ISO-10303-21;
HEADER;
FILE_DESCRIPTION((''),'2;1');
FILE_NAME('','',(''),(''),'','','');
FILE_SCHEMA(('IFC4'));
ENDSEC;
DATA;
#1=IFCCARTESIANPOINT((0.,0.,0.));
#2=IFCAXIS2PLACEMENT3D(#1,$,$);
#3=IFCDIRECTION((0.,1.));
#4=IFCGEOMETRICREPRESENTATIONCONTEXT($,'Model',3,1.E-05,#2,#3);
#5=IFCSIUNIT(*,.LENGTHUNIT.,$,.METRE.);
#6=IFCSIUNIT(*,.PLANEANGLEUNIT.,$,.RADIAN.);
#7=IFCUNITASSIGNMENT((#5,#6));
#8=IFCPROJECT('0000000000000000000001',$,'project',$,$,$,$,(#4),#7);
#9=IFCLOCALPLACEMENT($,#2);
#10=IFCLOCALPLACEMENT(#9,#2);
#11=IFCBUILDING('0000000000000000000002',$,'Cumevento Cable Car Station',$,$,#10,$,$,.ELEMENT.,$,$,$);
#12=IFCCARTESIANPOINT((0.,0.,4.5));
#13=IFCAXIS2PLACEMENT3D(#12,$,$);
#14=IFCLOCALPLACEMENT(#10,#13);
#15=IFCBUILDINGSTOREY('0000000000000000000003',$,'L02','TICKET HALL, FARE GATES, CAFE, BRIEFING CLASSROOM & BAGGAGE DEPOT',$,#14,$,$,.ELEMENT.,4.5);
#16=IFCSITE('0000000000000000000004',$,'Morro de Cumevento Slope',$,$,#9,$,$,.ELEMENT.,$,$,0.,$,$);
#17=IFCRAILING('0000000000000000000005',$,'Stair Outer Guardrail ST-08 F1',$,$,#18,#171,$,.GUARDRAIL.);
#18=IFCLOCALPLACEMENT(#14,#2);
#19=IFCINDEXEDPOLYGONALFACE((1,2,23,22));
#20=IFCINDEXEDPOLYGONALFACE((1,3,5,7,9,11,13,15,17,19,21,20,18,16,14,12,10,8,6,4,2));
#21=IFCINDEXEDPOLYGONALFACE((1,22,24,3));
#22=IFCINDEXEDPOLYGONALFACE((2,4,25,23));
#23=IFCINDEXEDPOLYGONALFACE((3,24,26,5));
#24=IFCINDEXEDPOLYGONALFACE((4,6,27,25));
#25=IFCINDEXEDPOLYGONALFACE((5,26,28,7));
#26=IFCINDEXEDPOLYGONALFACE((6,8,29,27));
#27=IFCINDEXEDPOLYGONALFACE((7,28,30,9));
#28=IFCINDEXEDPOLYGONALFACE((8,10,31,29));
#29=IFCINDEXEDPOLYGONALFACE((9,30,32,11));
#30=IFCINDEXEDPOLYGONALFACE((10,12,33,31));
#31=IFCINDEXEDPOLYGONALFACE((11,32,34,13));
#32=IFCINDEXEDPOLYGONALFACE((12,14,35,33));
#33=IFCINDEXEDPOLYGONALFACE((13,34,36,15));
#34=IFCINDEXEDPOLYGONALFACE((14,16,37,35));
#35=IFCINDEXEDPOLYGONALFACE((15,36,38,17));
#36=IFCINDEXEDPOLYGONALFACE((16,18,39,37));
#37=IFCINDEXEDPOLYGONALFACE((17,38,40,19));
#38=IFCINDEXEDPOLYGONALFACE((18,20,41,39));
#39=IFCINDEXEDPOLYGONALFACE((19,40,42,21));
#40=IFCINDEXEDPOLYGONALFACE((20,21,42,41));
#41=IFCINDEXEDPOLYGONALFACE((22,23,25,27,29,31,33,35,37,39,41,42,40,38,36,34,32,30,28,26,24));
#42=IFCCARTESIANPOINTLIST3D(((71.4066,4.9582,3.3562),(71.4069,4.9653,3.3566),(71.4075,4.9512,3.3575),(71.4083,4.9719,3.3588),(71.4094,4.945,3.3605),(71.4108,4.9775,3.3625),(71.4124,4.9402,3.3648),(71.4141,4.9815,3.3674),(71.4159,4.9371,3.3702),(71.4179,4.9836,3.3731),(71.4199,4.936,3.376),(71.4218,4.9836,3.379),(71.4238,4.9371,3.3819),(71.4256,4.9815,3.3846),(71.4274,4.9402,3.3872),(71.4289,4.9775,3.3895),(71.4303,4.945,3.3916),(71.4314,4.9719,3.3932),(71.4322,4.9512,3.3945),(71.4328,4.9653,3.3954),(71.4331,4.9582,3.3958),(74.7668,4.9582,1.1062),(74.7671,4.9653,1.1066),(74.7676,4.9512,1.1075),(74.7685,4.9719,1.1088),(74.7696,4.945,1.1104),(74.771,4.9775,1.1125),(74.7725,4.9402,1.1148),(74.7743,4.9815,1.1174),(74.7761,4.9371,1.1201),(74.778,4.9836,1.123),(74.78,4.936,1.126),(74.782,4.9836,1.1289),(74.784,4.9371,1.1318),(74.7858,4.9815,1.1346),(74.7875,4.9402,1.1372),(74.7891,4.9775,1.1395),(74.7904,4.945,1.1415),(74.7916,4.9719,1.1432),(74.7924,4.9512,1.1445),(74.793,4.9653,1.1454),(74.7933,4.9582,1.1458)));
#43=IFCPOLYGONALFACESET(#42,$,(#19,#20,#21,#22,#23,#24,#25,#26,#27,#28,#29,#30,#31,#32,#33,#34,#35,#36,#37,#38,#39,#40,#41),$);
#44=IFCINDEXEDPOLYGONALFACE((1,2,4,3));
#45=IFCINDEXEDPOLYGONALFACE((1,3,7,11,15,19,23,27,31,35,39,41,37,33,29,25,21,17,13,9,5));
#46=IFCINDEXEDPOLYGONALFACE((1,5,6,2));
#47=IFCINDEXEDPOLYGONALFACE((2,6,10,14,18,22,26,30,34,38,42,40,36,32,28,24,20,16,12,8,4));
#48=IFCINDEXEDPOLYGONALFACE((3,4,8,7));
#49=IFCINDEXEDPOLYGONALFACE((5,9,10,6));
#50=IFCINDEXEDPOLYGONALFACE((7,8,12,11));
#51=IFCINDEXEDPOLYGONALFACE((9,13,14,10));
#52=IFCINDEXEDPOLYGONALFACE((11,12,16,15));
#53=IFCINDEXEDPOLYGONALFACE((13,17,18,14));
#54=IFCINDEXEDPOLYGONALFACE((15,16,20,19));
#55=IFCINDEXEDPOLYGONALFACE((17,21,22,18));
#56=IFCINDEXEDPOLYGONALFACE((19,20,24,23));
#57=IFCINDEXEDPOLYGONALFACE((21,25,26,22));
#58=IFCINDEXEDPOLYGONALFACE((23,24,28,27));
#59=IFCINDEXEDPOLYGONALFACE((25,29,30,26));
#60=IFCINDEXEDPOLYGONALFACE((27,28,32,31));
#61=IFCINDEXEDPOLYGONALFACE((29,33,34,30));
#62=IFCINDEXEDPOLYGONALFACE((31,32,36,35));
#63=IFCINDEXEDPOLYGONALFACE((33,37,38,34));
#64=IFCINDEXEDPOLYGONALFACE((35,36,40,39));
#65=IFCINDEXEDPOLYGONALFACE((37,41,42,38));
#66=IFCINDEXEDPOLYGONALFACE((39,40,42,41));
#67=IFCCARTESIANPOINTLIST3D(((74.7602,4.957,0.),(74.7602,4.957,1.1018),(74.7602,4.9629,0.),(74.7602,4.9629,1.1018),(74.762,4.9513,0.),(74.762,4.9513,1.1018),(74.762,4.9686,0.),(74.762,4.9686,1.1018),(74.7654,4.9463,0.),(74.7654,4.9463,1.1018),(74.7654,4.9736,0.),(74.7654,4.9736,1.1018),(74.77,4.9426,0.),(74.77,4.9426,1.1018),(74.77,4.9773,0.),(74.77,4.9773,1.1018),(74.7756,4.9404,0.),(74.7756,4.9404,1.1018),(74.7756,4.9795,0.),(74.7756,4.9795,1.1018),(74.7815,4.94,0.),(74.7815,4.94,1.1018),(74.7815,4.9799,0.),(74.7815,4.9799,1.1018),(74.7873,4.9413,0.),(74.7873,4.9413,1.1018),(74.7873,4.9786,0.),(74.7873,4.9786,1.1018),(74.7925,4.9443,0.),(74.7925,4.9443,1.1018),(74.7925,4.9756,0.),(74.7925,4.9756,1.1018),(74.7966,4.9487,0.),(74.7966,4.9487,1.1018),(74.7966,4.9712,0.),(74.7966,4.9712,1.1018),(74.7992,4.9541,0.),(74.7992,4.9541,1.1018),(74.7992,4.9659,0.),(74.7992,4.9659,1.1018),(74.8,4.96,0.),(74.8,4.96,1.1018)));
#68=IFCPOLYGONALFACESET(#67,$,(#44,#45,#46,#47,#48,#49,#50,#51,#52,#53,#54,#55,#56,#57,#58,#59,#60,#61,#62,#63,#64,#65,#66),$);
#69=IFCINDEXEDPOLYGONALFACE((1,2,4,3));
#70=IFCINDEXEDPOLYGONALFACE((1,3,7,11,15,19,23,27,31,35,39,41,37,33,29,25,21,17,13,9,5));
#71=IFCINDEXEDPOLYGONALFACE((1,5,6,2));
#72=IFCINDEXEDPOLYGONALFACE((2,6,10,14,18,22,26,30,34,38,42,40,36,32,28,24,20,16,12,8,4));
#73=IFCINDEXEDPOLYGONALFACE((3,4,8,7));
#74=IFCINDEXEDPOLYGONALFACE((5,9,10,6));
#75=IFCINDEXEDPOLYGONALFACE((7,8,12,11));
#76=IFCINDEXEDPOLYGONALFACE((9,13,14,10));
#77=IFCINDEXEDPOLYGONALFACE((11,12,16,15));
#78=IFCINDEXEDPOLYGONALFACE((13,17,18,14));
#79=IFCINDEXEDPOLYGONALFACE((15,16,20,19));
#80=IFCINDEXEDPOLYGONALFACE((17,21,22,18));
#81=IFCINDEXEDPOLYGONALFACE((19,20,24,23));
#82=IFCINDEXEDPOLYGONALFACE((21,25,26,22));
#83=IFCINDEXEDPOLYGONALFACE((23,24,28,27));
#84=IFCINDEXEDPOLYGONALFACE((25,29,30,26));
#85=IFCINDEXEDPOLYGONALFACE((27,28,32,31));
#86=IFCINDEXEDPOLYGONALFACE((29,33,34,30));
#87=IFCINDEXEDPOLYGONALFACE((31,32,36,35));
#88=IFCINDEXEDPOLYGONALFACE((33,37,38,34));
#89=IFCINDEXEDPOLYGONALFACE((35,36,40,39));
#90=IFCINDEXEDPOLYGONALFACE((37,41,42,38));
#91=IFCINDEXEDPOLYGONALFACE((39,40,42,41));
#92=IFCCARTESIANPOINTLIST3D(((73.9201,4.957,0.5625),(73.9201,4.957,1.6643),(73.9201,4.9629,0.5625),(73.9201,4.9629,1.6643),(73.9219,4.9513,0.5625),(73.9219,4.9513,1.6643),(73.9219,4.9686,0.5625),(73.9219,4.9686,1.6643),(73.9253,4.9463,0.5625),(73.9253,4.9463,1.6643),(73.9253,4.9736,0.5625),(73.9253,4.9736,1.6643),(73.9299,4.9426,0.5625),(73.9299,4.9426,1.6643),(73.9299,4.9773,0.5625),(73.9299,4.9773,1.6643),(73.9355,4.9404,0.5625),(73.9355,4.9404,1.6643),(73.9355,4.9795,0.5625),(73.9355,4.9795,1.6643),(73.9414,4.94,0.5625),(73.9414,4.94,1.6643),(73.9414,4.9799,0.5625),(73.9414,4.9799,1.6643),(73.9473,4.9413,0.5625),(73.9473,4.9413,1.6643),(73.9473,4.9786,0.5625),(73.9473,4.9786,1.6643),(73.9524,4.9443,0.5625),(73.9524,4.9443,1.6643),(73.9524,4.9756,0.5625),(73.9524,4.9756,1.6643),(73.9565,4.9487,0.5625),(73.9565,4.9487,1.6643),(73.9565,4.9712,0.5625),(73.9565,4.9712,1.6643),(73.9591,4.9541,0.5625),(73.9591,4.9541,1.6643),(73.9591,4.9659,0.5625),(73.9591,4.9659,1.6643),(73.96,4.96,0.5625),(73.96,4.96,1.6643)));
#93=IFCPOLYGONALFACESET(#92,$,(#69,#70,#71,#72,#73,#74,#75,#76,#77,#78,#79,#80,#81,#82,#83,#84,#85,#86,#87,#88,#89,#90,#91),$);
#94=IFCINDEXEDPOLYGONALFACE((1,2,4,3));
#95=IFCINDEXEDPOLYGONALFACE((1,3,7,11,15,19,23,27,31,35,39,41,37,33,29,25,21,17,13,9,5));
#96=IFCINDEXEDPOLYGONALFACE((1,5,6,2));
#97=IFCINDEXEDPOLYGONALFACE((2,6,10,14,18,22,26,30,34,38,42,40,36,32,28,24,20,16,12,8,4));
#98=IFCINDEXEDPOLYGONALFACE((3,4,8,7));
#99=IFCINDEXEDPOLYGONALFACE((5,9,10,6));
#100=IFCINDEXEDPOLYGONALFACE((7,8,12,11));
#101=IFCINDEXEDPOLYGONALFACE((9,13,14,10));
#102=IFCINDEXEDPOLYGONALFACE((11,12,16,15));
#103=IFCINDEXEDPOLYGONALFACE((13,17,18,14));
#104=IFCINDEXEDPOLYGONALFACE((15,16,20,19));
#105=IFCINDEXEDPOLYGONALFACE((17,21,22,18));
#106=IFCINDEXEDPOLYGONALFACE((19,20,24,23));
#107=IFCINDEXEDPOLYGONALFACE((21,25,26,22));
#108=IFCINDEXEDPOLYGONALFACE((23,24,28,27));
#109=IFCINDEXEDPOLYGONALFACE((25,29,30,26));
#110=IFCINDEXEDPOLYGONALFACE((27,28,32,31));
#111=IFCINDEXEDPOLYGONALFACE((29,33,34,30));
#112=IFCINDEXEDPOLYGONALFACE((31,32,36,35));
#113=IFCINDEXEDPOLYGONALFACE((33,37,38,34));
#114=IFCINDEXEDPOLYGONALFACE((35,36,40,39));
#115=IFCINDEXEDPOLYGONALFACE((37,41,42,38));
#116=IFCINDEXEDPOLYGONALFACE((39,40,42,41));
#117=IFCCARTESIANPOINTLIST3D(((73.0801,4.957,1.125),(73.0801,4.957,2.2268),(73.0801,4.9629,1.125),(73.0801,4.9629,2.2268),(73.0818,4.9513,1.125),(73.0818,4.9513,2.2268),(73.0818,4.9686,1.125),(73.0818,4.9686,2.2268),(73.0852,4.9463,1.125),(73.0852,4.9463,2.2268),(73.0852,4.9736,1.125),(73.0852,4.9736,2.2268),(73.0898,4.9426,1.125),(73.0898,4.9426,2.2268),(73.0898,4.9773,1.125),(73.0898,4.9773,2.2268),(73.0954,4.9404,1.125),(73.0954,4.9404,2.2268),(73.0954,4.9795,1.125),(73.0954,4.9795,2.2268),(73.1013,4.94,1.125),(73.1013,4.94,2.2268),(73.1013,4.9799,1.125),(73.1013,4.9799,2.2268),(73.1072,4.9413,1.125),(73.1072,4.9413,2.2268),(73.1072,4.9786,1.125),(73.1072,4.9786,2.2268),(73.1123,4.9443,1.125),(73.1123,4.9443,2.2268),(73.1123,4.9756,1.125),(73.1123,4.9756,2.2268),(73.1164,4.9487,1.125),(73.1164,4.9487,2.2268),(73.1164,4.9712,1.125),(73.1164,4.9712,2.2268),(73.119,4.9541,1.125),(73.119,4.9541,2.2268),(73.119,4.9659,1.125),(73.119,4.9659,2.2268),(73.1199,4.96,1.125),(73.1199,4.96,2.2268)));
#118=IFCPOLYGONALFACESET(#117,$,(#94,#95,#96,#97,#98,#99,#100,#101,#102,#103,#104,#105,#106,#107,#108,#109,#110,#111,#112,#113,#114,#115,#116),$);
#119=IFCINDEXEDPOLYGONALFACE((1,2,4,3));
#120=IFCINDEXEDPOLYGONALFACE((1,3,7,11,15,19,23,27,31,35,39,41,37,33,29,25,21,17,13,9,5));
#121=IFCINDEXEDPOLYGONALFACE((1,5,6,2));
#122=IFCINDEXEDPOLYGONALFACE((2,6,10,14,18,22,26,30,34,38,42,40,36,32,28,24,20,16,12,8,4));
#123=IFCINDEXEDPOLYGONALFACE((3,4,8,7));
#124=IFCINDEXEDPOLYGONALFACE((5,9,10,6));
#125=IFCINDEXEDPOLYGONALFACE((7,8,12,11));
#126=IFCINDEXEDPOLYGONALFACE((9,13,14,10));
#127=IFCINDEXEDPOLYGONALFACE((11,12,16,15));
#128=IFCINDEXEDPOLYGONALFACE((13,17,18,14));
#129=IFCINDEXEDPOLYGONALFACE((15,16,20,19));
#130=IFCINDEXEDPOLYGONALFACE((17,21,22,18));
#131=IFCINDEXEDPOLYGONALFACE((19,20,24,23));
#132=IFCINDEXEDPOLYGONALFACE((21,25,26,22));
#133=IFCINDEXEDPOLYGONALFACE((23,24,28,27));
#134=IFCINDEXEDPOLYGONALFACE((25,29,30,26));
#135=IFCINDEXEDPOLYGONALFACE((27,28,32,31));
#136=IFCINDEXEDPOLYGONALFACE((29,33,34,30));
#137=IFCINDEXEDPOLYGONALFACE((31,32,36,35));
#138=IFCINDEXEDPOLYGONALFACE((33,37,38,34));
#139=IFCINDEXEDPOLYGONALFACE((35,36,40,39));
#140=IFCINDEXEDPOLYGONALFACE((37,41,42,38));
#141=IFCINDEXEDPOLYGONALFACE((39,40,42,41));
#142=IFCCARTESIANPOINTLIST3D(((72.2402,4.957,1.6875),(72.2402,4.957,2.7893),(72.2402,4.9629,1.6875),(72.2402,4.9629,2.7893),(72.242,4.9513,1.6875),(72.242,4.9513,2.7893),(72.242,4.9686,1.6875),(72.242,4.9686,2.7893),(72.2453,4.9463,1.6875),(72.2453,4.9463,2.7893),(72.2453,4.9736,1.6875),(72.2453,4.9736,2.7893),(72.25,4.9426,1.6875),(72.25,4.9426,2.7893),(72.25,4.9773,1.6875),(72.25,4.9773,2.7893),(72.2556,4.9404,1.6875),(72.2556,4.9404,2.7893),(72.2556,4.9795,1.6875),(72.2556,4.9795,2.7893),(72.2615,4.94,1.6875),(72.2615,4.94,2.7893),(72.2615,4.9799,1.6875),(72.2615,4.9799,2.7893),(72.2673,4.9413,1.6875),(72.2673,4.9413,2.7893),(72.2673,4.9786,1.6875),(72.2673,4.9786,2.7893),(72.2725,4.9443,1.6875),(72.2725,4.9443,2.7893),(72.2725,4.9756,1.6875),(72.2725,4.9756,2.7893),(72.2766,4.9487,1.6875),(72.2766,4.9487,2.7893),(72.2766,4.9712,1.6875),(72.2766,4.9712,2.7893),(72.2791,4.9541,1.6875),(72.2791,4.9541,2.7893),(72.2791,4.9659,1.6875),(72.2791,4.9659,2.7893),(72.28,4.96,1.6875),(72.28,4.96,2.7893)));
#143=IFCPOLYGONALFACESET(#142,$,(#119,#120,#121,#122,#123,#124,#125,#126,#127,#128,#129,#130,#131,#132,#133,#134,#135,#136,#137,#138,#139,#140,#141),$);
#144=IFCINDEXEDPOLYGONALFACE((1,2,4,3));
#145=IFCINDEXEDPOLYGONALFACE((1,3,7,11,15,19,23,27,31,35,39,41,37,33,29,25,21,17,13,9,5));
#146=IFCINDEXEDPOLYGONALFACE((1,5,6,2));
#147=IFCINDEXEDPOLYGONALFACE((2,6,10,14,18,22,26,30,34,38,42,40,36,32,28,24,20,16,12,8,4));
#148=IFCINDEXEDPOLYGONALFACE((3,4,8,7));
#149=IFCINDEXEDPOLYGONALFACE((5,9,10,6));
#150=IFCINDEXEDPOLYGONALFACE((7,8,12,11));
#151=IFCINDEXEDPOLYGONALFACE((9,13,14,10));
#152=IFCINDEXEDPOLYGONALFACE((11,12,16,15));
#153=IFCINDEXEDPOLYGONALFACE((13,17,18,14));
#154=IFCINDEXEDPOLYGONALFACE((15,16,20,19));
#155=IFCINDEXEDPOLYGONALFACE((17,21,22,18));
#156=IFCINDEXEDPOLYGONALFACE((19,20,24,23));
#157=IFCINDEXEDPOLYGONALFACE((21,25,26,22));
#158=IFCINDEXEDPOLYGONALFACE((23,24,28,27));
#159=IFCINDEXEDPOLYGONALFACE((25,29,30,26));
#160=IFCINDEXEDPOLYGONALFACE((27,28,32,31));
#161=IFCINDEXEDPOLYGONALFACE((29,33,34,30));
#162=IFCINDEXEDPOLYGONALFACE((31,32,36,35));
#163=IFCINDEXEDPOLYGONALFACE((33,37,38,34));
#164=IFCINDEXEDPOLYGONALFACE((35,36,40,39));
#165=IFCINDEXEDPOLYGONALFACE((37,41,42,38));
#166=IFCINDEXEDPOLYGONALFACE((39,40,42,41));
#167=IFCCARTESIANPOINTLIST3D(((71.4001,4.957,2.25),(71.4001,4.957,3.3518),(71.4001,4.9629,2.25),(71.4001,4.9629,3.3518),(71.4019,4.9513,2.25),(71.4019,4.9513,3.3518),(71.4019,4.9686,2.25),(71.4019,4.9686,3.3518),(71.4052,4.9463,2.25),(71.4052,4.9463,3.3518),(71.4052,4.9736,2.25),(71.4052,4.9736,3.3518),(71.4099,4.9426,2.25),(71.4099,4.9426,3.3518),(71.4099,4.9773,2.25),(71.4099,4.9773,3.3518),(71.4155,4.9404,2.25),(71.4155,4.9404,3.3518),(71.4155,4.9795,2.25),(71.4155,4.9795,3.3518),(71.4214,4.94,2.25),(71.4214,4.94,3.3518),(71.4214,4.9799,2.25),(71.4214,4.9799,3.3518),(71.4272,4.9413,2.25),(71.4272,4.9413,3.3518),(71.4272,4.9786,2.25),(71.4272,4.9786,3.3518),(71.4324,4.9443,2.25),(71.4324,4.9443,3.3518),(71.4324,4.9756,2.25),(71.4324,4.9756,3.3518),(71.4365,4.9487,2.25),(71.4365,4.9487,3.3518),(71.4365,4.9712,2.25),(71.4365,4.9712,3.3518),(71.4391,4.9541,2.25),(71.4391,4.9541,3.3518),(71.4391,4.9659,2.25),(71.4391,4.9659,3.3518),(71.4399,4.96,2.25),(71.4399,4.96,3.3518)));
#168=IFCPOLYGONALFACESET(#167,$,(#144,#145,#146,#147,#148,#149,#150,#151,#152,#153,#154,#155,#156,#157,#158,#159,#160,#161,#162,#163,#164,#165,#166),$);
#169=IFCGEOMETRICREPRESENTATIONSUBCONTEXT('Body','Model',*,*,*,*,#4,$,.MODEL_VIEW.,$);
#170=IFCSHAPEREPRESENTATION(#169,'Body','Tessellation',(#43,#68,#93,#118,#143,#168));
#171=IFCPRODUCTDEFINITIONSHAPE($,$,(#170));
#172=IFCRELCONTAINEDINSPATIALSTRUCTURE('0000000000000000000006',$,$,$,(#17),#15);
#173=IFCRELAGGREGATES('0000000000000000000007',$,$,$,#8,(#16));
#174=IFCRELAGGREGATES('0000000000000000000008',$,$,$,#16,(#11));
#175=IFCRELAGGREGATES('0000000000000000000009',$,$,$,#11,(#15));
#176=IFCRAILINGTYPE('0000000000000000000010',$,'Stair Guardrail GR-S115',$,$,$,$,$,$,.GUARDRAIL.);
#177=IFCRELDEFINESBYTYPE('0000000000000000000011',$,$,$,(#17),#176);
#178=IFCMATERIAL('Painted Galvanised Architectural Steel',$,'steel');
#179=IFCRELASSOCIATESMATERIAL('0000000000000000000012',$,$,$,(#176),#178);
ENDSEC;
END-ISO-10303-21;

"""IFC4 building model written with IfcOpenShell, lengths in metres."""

from ifc_helpers import new_model, si_unit, direction, frame, origin, origin_2d, place, context, subcontext, project, spatial, circle, extrude, material, type_object, element, save


model = new_model("IFC4")

# Units and contexts
model_context = context("Model", 3, precision=1e-05, world=origin(), true_north=direction((0.0, 1.0)))
body_context = subcontext(model_context, "Body", "Model", "MODEL_VIEW")
ifc_project = project(units=[si_unit("LENGTHUNIT", "METRE"), si_unit("PLANEANGLEUNIT", "RADIAN")], contexts=[model_context])

# Site, building, storey
site_placement = place(None, origin())
site = spatial("IfcSite", under=ifc_project, at=site_placement, Name="Morro de Cumevento Slope", CompositionType="ELEMENT", RefElevation=0.0)
building_placement = place(site_placement, origin())
building = spatial("IfcBuilding", under=site, at=building_placement, Name="Cumevento Cable Car Station", CompositionType="ELEMENT")
storey_placement = place(building_placement, frame((0.0, 0.0, 4.5)))
storey = spatial("IfcBuildingStorey", under=building, at=storey_placement, Name="L02", Description="TICKET HALL, FARE GATES, CAFE, BRIEFING CLASSROOM & BAGGAGE DEPOT", CompositionType="ELEMENT", Elevation=4.5)

# Railing
ifc_material_1 = material(Name="Painted Galvanised Architectural Steel", Category="steel")
railing_type_1 = type_object("IfcRailingType", Name="Stair Guardrail GR-S115", PredefinedType="GUARDRAIL", material=ifc_material_1)
railing_1_placement = place(storey_placement, frame((74.78, 4.96, 0.0)))
element("IfcRailing", 1, at=railing_1_placement, inside=storey, type_object=railing_type_1, Name="Stair Outer Guardrail ST-08 F1", PredefinedType="GUARDRAIL", context=body_context, shape_type="SweptSolid", body=[
    extrude(circle(Radius=0.0239, at=origin_2d()), frame((0.0, 0.0, 1.126), z_axis=(-0.830915, 0.0, 0.556399), x_axis=(0.0, -1.0, 0.0)), (0.0, 0.0, 1.0), 4.0439),
    extrude(circle(Radius=0.02, at=origin_2d()), origin(), (0.0, 0.0, 1.0), 1.1018),
    extrude(circle(Radius=0.02, at=origin_2d()), frame((-0.8401, 0.0, 0.5625)), (0.0, 0.0, 1.0), 1.1018),
    extrude(circle(Radius=0.02, at=origin_2d()), frame((-1.6802, 0.0, 1.125)), (0.0, 0.0, 1.0), 1.1018),
    extrude(circle(Radius=0.02, at=origin_2d()), frame((-2.52, 0.0, 1.6875)), (0.0, 0.0, 1.0), 1.1018),
    extrude(circle(Radius=0.02, at=origin_2d()), frame((-3.3601, 0.0, 2.25)), (0.0, 0.0, 1.0), 1.1018),
])

save(model, "model.ifc")
